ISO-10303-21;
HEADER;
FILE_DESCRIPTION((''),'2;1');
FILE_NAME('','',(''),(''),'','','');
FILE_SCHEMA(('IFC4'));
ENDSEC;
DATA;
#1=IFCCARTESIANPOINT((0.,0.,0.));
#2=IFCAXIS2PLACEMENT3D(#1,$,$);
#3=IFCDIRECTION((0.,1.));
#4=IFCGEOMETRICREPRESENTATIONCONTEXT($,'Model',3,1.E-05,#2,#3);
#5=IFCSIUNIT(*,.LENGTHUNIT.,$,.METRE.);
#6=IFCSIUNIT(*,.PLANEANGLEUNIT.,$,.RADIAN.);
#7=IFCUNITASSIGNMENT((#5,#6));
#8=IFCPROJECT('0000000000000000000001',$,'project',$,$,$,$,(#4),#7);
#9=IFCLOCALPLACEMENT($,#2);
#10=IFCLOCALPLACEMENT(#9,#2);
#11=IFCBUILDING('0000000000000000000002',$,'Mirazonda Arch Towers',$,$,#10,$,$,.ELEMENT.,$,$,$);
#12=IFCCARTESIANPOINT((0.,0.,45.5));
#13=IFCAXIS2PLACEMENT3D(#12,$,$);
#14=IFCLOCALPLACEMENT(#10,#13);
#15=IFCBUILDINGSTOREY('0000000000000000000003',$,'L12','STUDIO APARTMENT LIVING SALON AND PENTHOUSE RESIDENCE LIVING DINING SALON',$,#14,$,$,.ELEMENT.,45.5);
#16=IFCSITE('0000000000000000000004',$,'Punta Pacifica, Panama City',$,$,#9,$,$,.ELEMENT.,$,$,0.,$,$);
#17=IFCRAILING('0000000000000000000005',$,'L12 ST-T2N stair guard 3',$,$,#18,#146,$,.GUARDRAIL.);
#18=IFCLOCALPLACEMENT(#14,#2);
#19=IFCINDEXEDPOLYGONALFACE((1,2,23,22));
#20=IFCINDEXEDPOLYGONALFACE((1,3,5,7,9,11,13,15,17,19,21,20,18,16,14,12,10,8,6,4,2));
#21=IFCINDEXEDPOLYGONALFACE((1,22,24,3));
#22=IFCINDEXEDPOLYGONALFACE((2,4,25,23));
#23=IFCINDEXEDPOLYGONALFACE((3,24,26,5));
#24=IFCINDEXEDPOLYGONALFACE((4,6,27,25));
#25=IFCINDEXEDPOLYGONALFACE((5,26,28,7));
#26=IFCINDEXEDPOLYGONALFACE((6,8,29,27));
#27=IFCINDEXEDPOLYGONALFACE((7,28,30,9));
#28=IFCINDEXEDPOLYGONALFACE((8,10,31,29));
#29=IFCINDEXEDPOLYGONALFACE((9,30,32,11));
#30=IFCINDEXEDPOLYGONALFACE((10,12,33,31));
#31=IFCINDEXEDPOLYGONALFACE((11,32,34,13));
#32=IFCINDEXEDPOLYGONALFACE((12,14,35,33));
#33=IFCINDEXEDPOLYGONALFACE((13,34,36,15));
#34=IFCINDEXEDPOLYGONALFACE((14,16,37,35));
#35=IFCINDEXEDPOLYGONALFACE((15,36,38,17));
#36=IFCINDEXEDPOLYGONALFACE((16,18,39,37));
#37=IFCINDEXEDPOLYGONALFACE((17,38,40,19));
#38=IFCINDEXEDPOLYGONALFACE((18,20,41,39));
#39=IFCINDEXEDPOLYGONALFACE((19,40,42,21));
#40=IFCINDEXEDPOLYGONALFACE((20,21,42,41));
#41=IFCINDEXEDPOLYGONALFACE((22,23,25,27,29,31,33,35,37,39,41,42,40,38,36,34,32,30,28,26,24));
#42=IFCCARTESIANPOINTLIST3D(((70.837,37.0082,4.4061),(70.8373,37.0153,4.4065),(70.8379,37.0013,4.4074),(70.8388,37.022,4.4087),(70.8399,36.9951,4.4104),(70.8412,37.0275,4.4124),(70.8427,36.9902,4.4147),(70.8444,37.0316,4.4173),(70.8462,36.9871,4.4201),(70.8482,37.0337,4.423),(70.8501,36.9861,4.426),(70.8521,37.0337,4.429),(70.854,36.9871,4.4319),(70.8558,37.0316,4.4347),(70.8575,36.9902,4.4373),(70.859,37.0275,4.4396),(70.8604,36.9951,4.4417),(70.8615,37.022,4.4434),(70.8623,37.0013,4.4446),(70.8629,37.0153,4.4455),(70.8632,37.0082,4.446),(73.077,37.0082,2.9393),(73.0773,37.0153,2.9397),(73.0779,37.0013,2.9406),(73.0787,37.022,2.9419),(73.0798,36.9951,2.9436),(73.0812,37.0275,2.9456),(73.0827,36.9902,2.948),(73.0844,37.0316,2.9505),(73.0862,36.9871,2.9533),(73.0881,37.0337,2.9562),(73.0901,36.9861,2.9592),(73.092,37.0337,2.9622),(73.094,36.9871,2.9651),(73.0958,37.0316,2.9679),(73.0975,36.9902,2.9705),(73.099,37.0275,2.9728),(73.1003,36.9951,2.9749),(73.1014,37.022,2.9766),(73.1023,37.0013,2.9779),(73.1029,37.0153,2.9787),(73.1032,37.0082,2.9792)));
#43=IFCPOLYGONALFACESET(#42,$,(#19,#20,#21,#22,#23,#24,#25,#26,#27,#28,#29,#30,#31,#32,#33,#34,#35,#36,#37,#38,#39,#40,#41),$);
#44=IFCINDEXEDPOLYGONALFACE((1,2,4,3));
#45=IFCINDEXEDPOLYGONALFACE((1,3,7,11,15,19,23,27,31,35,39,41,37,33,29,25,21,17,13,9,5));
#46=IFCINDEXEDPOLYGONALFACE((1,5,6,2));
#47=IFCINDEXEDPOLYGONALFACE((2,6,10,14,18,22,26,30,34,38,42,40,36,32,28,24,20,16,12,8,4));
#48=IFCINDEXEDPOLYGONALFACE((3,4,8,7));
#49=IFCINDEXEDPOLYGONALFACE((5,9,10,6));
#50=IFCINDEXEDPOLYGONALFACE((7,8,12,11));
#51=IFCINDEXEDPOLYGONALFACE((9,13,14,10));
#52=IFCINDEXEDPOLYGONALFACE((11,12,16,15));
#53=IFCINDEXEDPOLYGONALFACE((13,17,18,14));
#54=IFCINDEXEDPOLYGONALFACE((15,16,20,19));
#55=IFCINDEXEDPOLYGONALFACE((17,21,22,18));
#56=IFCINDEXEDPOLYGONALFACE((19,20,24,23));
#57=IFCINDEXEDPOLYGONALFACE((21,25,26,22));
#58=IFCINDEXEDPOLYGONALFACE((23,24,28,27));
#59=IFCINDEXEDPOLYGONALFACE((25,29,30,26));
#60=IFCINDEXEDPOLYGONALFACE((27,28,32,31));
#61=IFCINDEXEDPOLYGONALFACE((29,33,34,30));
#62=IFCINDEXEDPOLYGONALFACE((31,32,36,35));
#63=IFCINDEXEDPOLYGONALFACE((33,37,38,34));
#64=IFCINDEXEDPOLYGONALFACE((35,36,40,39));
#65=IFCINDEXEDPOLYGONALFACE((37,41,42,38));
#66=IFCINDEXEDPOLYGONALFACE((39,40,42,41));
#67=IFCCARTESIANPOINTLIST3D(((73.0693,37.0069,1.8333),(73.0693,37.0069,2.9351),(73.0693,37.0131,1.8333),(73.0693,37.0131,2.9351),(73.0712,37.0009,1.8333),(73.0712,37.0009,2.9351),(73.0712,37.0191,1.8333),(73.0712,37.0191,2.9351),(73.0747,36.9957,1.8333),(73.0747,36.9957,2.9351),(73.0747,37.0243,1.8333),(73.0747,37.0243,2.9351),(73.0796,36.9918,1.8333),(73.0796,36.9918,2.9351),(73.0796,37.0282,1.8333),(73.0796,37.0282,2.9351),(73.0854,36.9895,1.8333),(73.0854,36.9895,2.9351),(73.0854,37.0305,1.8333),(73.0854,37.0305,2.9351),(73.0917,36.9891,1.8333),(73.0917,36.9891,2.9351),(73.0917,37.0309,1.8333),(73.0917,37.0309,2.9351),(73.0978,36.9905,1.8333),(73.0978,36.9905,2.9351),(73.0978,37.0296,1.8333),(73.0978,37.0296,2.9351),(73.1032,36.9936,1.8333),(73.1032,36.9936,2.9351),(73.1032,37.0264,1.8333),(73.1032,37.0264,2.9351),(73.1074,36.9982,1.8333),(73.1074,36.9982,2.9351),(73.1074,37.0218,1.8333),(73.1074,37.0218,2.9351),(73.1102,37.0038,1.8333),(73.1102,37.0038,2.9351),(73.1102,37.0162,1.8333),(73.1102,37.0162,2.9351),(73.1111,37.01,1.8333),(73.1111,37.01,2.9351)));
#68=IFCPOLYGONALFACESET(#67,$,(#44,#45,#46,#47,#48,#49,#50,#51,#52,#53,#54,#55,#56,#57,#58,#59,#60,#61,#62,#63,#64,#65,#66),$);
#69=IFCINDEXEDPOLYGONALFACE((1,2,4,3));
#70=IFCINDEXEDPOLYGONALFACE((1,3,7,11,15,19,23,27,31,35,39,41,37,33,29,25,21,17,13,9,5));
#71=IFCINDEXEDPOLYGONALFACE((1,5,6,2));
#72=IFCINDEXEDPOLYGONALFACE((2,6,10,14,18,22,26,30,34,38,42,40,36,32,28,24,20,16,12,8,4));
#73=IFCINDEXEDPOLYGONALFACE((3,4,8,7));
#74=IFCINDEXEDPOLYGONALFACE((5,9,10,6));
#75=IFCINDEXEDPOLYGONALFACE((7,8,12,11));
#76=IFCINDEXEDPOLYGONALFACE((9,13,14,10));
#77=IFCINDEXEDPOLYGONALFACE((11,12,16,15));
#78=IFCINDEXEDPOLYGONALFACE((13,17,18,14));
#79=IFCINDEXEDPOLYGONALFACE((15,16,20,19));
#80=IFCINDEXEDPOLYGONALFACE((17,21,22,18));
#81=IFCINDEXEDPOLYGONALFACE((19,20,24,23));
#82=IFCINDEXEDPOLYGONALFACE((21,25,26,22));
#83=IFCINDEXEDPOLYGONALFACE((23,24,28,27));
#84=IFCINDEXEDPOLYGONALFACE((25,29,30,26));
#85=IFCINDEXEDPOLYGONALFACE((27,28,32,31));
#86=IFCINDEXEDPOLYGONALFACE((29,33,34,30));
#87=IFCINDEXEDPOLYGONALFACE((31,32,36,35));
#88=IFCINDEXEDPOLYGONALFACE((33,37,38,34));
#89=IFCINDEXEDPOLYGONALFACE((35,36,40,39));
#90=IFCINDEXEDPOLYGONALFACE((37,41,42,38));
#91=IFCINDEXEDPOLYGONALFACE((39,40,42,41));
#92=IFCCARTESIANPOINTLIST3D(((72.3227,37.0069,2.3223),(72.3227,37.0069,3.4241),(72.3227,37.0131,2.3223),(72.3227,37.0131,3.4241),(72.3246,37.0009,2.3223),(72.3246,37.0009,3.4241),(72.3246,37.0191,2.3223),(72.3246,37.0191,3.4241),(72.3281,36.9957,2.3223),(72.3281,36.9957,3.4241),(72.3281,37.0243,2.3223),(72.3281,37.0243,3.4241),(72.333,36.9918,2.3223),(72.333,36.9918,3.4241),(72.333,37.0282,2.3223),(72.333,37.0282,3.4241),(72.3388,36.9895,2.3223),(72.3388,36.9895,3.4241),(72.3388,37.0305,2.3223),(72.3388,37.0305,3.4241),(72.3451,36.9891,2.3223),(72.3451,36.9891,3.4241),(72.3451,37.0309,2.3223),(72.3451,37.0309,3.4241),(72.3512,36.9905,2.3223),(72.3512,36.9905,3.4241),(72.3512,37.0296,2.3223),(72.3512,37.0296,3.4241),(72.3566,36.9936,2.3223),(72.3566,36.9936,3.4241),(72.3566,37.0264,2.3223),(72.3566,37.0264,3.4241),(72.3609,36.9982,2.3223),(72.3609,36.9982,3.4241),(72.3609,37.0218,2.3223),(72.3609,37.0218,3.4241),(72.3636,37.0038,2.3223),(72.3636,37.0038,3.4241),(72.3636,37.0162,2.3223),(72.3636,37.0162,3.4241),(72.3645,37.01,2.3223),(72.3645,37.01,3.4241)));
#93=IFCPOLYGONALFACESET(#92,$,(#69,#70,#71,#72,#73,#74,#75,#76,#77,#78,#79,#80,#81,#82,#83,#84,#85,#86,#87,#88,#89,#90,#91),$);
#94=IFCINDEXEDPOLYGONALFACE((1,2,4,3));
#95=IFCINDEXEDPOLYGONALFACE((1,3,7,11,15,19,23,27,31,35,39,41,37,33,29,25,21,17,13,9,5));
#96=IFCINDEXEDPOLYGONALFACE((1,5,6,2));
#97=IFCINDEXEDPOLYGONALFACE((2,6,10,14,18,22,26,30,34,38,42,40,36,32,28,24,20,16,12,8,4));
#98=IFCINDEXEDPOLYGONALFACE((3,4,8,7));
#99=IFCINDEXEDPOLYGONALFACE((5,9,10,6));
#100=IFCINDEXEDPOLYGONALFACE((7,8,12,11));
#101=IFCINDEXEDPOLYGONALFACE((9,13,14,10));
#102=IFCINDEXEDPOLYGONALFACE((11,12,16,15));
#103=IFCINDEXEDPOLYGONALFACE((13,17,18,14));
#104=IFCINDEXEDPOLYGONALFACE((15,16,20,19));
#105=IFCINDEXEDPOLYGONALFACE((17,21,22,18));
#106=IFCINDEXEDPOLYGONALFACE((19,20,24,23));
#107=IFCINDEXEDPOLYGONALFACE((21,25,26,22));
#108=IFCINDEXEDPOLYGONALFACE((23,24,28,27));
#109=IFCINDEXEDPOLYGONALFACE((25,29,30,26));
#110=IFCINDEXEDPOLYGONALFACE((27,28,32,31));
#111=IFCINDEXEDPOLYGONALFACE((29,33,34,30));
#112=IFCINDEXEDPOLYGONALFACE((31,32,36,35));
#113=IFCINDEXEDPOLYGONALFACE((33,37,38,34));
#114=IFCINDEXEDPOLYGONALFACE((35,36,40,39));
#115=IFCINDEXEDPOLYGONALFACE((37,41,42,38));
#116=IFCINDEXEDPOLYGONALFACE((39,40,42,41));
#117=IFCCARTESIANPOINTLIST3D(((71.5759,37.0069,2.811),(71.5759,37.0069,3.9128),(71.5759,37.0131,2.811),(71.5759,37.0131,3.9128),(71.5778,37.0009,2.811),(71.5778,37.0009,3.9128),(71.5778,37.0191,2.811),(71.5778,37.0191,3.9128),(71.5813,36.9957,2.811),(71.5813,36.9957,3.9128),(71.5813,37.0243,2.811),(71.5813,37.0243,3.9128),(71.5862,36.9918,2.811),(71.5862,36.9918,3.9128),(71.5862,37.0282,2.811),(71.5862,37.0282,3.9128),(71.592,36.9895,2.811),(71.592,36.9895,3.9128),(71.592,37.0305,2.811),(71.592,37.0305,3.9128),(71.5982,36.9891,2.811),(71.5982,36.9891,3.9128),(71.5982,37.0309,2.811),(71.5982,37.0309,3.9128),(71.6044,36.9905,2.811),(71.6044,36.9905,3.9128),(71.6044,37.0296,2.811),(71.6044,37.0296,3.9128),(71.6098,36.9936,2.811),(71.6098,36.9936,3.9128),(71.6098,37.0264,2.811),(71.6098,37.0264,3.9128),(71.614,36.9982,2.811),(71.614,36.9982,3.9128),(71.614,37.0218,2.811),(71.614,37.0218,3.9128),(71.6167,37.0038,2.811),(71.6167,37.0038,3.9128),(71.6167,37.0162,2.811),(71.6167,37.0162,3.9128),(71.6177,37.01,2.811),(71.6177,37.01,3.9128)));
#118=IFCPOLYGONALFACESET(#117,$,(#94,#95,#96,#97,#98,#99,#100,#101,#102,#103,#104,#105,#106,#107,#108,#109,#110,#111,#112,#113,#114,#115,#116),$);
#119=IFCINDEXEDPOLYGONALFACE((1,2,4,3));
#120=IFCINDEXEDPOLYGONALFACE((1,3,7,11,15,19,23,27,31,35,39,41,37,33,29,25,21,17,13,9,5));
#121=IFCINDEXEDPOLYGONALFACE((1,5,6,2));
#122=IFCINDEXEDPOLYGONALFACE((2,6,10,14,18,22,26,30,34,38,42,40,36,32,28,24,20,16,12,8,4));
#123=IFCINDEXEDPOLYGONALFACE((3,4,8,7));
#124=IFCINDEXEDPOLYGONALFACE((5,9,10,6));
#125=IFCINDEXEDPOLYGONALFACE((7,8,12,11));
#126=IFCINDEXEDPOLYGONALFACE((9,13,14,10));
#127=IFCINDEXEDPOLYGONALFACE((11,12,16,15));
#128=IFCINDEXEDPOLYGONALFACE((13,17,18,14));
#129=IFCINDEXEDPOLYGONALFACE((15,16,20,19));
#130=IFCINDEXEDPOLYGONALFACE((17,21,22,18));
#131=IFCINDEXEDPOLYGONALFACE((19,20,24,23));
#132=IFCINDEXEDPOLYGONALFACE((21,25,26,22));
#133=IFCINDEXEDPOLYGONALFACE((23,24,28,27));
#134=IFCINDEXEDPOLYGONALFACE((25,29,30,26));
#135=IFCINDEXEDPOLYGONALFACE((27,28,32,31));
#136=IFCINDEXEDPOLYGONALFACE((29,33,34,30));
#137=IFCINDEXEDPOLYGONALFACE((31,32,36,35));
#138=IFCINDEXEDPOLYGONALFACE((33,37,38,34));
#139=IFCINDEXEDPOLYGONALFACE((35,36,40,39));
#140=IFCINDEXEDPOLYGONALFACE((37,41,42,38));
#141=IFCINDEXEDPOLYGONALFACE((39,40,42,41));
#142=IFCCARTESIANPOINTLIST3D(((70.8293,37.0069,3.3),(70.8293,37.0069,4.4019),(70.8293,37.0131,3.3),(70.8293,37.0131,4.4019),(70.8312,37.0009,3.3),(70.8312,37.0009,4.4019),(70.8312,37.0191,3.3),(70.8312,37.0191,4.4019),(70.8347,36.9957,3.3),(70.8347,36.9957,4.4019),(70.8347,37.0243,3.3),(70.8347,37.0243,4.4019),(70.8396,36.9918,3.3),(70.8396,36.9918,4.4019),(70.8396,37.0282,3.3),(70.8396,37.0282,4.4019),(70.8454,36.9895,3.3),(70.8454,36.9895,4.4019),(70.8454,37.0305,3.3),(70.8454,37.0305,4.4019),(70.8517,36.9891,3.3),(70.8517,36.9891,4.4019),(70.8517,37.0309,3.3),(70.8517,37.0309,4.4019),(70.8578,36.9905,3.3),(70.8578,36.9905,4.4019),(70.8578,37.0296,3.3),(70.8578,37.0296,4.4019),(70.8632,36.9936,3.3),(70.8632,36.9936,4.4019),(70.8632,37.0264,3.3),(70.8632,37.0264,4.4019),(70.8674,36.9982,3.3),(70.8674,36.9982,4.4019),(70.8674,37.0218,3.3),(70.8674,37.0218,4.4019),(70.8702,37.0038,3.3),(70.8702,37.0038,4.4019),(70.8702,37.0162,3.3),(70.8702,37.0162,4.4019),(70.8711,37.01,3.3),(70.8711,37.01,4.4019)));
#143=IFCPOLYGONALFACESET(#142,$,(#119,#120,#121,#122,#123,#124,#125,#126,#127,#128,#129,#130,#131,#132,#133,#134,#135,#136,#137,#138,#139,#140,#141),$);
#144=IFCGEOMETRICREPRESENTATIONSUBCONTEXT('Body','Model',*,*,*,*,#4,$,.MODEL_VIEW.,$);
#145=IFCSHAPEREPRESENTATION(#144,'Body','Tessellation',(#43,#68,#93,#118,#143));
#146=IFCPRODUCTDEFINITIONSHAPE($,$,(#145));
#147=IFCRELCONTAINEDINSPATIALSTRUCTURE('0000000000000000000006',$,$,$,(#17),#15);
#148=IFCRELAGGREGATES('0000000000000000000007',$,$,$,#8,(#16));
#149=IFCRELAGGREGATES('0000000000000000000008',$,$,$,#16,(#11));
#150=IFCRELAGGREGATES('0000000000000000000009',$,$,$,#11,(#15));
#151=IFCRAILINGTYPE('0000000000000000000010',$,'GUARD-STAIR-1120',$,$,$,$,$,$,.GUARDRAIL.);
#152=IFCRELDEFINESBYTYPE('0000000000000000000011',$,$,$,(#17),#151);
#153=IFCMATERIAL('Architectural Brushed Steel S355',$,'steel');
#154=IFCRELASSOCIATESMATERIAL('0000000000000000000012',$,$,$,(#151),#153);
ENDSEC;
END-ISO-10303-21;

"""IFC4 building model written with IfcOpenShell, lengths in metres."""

from ifc_helpers import new_model, si_unit, direction, frame, origin, origin_2d, place, context, subcontext, project, spatial, circle, extrude, material, type_object, element, save


model = new_model("IFC4")

# Units and contexts
model_context = context("Model", 3, precision=1e-05, world=origin(), true_north=direction((0.0, 1.0)))
body_context = subcontext(model_context, "Body", "Model", "MODEL_VIEW")
ifc_project = project(units=[si_unit("LENGTHUNIT", "METRE"), si_unit("PLANEANGLEUNIT", "RADIAN")], contexts=[model_context])

# Site, building, storey
site_placement = place(None, origin())
site = spatial("IfcSite", under=ifc_project, at=site_placement, Name="Punta Pacifica, Panama City", CompositionType="ELEMENT", RefElevation=0.0)
building_placement = place(site_placement, origin())
building = spatial("IfcBuilding", under=site, at=building_placement, Name="Mirazonda Arch Towers", CompositionType="ELEMENT")
storey_placement = place(building_placement, frame((0.0, 0.0, 45.5)))
storey = spatial("IfcBuildingStorey", under=building, at=storey_placement, Name="L12", Description="STUDIO APARTMENT LIVING SALON AND PENTHOUSE RESIDENCE LIVING DINING SALON", CompositionType="ELEMENT", Elevation=45.5)

# Shared definitions
ifc_material_1 = material(Name="Architectural Brushed Steel S355", Category="steel")

# Railing
railing_type_1 = type_object("IfcRailingType", Name="GUARD-STAIR-1120", PredefinedType="GUARDRAIL", material=ifc_material_1)
railing_1_placement = place(storey_placement, frame((73.0901, 37.01, 1.8333)))
element("IfcRailing", 1, at=railing_1_placement, inside=storey, type_object=railing_type_1, Name="L12 ST-T2N stair guard 3", PredefinedType="GUARDRAIL", context=body_context, shape_type="SweptSolid", body=[
    extrude(circle(Radius=0.0239, at=origin_2d()), frame((0.0, 0.0, 1.126), z_axis=(-0.836595, 0.0, 0.547822), x_axis=(0.0, -1.0, 0.0)), (0.0, 0.0, 1.0), 2.6775),
    extrude(circle(Radius=0.021, at=origin_2d()), origin(), (0.0, 0.0, 1.0), 1.1018),
    extrude(circle(Radius=0.021, at=origin_2d()), frame((-0.7466, 0.0, 0.489)), (0.0, 0.0, 1.0), 1.1018),
    extrude(circle(Radius=0.021, at=origin_2d()), frame((-1.4934, 0.0, 0.9778)), (0.0, 0.0, 1.0), 1.1018),
    extrude(circle(Radius=0.021, at=origin_2d()), frame((-2.24, 0.0, 1.4668)), (0.0, 0.0, 1.0), 1.1018),
])

save(model, "model.ifc")
